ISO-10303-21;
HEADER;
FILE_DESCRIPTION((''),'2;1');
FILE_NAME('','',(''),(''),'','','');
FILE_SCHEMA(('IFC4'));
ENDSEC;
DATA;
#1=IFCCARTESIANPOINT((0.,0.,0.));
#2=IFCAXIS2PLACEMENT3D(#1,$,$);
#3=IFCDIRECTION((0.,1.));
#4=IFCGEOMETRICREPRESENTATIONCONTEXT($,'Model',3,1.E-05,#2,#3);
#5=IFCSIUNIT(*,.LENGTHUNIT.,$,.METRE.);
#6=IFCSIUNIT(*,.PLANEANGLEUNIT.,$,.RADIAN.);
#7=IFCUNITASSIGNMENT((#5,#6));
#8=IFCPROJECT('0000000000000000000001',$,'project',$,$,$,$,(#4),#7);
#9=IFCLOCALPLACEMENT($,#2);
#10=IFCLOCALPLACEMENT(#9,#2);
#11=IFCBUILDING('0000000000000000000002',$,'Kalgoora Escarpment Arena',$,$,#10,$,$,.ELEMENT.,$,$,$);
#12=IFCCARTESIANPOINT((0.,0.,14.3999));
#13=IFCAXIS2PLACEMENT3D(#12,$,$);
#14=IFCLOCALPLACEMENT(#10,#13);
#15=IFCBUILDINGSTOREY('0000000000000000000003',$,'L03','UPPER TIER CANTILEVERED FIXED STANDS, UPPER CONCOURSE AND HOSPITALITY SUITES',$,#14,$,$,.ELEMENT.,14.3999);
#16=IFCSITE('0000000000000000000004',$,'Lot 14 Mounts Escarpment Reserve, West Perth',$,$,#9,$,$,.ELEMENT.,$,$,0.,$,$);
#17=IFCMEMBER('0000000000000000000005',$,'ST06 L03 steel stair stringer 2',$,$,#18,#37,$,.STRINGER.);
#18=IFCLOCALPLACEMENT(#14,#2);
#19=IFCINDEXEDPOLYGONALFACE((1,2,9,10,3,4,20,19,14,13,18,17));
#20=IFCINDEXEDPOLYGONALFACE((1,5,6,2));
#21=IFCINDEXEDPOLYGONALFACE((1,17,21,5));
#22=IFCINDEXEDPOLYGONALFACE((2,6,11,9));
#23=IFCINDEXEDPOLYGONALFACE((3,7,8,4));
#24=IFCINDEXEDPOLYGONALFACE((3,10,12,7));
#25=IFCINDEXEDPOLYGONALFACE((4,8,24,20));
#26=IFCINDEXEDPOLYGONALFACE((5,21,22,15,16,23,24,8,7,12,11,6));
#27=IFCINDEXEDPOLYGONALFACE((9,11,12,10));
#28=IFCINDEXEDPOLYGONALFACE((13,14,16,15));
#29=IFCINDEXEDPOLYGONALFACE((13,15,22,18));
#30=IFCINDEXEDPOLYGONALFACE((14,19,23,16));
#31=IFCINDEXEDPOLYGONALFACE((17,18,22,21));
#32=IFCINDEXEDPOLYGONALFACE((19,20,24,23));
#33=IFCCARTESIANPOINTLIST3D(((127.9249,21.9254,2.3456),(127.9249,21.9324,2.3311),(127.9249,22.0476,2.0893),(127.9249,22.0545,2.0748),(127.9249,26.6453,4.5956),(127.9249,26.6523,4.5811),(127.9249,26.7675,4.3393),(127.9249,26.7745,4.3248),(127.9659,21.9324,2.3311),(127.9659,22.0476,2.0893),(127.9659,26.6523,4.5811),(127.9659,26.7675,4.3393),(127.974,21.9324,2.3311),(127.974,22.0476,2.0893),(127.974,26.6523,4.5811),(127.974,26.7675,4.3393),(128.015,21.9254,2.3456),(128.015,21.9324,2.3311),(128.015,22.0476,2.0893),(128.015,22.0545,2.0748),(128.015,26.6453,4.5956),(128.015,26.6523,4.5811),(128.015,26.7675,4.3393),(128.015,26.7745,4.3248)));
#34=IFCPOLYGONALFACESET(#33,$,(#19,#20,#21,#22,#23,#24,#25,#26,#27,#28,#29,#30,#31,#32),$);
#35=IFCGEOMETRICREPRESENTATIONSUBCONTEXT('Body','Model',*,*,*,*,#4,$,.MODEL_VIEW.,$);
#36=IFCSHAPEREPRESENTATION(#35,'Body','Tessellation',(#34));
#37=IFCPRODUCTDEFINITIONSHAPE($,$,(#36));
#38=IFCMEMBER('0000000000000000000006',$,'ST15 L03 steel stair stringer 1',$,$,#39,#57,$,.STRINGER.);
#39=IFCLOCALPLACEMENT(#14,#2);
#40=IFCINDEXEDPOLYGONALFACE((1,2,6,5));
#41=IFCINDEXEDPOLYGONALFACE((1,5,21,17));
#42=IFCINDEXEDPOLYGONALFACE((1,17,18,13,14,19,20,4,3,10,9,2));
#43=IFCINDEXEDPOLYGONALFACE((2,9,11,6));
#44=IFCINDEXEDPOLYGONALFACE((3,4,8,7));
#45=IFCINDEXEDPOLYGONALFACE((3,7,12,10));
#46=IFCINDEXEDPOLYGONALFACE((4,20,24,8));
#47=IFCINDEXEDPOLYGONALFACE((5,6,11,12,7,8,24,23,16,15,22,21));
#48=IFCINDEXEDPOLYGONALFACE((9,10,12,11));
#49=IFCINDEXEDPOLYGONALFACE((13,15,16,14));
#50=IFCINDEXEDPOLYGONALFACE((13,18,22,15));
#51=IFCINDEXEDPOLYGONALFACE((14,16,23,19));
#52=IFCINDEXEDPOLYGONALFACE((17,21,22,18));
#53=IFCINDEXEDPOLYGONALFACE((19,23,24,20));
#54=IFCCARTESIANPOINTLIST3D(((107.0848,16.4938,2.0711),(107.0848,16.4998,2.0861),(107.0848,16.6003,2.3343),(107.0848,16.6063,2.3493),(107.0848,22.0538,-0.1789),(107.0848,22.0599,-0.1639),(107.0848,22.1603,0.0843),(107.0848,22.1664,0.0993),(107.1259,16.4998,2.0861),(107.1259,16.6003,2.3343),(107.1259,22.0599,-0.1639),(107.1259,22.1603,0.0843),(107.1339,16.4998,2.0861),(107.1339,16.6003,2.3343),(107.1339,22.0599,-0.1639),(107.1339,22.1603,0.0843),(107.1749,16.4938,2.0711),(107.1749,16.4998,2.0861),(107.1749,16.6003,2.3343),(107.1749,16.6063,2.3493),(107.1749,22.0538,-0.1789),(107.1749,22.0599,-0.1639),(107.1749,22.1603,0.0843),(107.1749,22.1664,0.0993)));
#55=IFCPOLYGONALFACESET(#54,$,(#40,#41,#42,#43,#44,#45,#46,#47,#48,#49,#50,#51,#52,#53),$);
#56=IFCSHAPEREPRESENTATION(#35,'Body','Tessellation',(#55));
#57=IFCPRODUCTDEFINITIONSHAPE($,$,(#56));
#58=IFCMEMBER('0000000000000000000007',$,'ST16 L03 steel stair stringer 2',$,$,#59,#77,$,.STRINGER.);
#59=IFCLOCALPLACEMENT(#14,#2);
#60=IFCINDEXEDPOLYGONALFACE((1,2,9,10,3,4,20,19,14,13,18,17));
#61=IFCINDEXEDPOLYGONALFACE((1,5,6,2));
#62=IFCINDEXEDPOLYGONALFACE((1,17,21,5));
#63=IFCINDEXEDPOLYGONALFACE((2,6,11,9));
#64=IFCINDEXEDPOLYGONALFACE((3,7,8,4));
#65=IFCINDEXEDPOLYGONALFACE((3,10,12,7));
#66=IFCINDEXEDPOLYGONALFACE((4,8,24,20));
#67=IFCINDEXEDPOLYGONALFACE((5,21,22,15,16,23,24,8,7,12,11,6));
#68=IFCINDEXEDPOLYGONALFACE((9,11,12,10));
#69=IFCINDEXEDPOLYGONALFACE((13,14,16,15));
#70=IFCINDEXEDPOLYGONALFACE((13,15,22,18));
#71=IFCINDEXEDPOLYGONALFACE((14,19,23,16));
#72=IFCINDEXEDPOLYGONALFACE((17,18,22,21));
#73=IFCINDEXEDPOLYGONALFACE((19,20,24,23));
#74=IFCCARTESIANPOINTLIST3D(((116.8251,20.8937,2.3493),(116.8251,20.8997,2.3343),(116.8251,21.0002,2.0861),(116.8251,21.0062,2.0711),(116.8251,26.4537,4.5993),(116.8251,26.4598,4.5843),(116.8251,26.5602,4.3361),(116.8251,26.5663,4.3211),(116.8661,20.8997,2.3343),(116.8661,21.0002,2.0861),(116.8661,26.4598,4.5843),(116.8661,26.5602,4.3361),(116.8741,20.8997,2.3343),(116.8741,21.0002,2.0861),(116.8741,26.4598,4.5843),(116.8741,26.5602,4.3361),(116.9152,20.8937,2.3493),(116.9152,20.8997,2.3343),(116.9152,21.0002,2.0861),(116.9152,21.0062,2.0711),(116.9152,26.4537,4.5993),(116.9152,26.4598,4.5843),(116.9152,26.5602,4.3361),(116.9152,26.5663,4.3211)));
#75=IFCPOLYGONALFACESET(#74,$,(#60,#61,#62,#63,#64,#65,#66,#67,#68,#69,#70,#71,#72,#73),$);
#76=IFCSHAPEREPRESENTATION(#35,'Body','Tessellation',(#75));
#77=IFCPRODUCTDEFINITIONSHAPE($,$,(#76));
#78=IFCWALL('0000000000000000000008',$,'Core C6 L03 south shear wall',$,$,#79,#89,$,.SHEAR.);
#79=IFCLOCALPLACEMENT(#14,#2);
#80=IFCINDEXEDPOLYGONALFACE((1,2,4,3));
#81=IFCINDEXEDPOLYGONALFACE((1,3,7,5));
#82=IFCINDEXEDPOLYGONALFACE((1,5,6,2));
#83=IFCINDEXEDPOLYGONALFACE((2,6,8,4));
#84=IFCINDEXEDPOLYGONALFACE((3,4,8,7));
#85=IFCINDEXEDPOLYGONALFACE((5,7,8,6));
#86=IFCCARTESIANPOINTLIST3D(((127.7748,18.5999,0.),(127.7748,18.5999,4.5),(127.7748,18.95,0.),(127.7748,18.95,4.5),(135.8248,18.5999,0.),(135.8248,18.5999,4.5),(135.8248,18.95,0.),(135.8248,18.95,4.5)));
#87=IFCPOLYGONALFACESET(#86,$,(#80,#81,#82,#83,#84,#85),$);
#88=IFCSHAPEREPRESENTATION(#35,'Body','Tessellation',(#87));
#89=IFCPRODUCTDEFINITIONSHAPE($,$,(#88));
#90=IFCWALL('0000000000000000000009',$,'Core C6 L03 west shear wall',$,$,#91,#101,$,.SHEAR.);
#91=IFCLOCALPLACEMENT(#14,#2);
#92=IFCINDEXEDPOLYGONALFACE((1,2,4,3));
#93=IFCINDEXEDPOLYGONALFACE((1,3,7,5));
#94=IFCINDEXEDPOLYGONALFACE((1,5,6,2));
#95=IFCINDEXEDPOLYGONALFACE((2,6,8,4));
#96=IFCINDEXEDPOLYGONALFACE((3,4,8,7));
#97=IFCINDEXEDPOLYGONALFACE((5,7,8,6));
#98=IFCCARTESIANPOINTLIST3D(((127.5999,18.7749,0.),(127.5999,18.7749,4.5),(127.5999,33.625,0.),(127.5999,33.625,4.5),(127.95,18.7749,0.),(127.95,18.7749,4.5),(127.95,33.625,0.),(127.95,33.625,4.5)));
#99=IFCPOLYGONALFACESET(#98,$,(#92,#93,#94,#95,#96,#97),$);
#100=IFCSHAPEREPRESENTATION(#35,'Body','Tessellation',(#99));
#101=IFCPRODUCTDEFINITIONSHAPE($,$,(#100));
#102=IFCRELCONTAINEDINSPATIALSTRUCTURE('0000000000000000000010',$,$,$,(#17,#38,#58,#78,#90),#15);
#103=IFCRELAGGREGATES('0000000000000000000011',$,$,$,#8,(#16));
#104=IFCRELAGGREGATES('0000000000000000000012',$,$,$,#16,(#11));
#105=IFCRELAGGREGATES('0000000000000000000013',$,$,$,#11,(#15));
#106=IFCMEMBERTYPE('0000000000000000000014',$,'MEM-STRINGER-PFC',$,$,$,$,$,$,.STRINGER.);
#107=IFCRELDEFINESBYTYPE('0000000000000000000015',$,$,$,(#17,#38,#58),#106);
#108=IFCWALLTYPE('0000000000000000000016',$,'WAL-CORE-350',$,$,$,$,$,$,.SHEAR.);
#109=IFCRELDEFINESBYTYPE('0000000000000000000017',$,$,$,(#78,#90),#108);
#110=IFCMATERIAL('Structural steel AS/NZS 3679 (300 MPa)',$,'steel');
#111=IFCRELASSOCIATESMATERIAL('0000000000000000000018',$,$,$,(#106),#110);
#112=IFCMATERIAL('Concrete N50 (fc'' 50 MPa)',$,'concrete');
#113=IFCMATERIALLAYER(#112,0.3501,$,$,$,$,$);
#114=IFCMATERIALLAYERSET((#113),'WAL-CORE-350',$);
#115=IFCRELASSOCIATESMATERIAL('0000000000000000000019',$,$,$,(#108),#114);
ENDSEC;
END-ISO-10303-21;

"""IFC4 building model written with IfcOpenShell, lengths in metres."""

from ifc_helpers import new_model, si_unit, direction, frame, frame_2d, origin, origin_2d, place, context, subcontext, project, spatial, rectangle, i_section, extrude, material, layer, layer_set, material_profile, profile_set, type_object, element, save


model = new_model("IFC4")

# Units and contexts
model_context = context("Model", 3, precision=1e-05, world=origin(), true_north=direction((0.0, 1.0)))
body_context = subcontext(model_context, "Body", "Model", "MODEL_VIEW")
ifc_project = project(units=[si_unit("LENGTHUNIT", "METRE"), si_unit("PLANEANGLEUNIT", "RADIAN")], contexts=[model_context])

# Site, building, storey
site_placement = place(None, origin())
site = spatial("IfcSite", under=ifc_project, at=site_placement, Name="Lot 14 Mounts Escarpment Reserve, West Perth", CompositionType="ELEMENT", RefElevation=0.0)
building_placement = place(site_placement, origin())
building = spatial("IfcBuilding", under=site, at=building_placement, Name="Kalgoora Escarpment Arena", CompositionType="ELEMENT")
storey_placement = place(building_placement, frame((0.0, 0.0, 14.3999)))
storey = spatial("IfcBuildingStorey", under=building, at=storey_placement, Name="L03", Description="UPPER TIER CANTILEVERED FIXED STANDS, UPPER CONCOURSE AND HOSPITALITY SUITES", CompositionType="ELEMENT", Elevation=14.3999)

# Members
ifc_material_1 = material(Name="Structural steel AS/NZS 3679 (300 MPa)", Category="steel")
ifc_material_profile_1 = material_profile(ifc_material_1, i_section(OverallWidth=0.0901, OverallDepth=0.3, WebThickness=0.0081, FlangeThickness=0.0161, at=origin_2d()))
ifc_profile_set_1 = profile_set([ifc_material_profile_1], Name="Structural steel AS/NZS 3679 (300 MPa)")
member_type = type_object("IfcMemberType", Name="MEM-STRINGER-PFC", PredefinedType="STRINGER", material=ifc_profile_set_1)
member_placement = place(storey_placement, frame((127.97, 21.99, 2.2102), z_axis=(0.0, 0.902683, 0.430307), x_axis=(-1.0, 0.0, 0.0)))
element("IfcMember", 1, at=member_placement, inside=storey, type_object=member_type, Name="ST06 L03 steel stair stringer 2", PredefinedType="STRINGER", context=body_context, shape_type="SweptSolid", body=[
    extrude(i_section(OverallWidth=0.0901, OverallDepth=0.3, WebThickness=0.0081, FlangeThickness=0.0161, at=origin_2d()), origin(), (0.0, 0.0, 1.0), 5.2288),
])
for number, where, z_axis, x_axis, name in (
    (2, (107.1299, 22.1101, -0.0398), (0.0, -0.926976, 0.375121), (1.0, 0.0, 0.0), "ST15 L03 steel stair stringer 1"),
    (3, (116.8701, 20.95, 2.2102), (0.0, 0.926976, 0.375121), (-1.0, 0.0, 0.0), "ST16 L03 steel stair stringer 2"),
):
    element("IfcMember", number, at=place(storey_placement, frame(where, z_axis=z_axis, x_axis=x_axis)), inside=storey, type_object=member_type, Name=name, PredefinedType="STRINGER", context=body_context, shape_type="SweptSolid", body=[
        extrude(i_section(OverallWidth=0.0901, OverallDepth=0.3, WebThickness=0.0081, FlangeThickness=0.0161, at=origin_2d()), origin(), (0.0, 0.0, 1.0), 5.998),
    ])

# Walls
ifc_material_2 = material(Name="Concrete N50 (fc' 50 MPa)", Category="concrete")
ifc_layer_1 = layer(ifc_material_2, 0.3501)
ifc_layer_set_1 = layer_set([ifc_layer_1], Name="WAL-CORE-350")
wall_type_1 = type_object("IfcWallType", Name="WAL-CORE-350", PredefinedType="SHEAR", material=ifc_layer_set_1)
wall_1_placement = place(storey_placement, frame((127.7749, 18.7749, 0.0), z_axis=(0.0, 0.0, 1.0), x_axis=(1.0, 0.0, 0.0)))
element("IfcWall", 4, at=wall_1_placement, inside=storey, type_object=wall_type_1, Name="Core C6 L03 south shear wall", PredefinedType="SHEAR", context=body_context, shape_type="SweptSolid", body=[
    extrude(rectangle(XDim=8.05, YDim=0.3501, at=frame_2d((4.0249, 0.0))), origin(), (0.0, 0.0, 1.0), 4.5),
])
wall_2_placement = place(storey_placement, frame((127.7749, 18.7749, 0.0), z_axis=(0.0, 0.0, 1.0), x_axis=(0.0, 1.0, 0.0)))
element("IfcWall", 5, at=wall_2_placement, inside=storey, type_object=wall_type_1, Name="Core C6 L03 west shear wall", PredefinedType="SHEAR", context=body_context, shape_type="SweptSolid", body=[
    extrude(rectangle(XDim=14.8501, YDim=0.3501, at=frame_2d((7.425, 0.0))), origin(), (0.0, 0.0, 1.0), 4.5),
])

save(model, "model.ifc")
